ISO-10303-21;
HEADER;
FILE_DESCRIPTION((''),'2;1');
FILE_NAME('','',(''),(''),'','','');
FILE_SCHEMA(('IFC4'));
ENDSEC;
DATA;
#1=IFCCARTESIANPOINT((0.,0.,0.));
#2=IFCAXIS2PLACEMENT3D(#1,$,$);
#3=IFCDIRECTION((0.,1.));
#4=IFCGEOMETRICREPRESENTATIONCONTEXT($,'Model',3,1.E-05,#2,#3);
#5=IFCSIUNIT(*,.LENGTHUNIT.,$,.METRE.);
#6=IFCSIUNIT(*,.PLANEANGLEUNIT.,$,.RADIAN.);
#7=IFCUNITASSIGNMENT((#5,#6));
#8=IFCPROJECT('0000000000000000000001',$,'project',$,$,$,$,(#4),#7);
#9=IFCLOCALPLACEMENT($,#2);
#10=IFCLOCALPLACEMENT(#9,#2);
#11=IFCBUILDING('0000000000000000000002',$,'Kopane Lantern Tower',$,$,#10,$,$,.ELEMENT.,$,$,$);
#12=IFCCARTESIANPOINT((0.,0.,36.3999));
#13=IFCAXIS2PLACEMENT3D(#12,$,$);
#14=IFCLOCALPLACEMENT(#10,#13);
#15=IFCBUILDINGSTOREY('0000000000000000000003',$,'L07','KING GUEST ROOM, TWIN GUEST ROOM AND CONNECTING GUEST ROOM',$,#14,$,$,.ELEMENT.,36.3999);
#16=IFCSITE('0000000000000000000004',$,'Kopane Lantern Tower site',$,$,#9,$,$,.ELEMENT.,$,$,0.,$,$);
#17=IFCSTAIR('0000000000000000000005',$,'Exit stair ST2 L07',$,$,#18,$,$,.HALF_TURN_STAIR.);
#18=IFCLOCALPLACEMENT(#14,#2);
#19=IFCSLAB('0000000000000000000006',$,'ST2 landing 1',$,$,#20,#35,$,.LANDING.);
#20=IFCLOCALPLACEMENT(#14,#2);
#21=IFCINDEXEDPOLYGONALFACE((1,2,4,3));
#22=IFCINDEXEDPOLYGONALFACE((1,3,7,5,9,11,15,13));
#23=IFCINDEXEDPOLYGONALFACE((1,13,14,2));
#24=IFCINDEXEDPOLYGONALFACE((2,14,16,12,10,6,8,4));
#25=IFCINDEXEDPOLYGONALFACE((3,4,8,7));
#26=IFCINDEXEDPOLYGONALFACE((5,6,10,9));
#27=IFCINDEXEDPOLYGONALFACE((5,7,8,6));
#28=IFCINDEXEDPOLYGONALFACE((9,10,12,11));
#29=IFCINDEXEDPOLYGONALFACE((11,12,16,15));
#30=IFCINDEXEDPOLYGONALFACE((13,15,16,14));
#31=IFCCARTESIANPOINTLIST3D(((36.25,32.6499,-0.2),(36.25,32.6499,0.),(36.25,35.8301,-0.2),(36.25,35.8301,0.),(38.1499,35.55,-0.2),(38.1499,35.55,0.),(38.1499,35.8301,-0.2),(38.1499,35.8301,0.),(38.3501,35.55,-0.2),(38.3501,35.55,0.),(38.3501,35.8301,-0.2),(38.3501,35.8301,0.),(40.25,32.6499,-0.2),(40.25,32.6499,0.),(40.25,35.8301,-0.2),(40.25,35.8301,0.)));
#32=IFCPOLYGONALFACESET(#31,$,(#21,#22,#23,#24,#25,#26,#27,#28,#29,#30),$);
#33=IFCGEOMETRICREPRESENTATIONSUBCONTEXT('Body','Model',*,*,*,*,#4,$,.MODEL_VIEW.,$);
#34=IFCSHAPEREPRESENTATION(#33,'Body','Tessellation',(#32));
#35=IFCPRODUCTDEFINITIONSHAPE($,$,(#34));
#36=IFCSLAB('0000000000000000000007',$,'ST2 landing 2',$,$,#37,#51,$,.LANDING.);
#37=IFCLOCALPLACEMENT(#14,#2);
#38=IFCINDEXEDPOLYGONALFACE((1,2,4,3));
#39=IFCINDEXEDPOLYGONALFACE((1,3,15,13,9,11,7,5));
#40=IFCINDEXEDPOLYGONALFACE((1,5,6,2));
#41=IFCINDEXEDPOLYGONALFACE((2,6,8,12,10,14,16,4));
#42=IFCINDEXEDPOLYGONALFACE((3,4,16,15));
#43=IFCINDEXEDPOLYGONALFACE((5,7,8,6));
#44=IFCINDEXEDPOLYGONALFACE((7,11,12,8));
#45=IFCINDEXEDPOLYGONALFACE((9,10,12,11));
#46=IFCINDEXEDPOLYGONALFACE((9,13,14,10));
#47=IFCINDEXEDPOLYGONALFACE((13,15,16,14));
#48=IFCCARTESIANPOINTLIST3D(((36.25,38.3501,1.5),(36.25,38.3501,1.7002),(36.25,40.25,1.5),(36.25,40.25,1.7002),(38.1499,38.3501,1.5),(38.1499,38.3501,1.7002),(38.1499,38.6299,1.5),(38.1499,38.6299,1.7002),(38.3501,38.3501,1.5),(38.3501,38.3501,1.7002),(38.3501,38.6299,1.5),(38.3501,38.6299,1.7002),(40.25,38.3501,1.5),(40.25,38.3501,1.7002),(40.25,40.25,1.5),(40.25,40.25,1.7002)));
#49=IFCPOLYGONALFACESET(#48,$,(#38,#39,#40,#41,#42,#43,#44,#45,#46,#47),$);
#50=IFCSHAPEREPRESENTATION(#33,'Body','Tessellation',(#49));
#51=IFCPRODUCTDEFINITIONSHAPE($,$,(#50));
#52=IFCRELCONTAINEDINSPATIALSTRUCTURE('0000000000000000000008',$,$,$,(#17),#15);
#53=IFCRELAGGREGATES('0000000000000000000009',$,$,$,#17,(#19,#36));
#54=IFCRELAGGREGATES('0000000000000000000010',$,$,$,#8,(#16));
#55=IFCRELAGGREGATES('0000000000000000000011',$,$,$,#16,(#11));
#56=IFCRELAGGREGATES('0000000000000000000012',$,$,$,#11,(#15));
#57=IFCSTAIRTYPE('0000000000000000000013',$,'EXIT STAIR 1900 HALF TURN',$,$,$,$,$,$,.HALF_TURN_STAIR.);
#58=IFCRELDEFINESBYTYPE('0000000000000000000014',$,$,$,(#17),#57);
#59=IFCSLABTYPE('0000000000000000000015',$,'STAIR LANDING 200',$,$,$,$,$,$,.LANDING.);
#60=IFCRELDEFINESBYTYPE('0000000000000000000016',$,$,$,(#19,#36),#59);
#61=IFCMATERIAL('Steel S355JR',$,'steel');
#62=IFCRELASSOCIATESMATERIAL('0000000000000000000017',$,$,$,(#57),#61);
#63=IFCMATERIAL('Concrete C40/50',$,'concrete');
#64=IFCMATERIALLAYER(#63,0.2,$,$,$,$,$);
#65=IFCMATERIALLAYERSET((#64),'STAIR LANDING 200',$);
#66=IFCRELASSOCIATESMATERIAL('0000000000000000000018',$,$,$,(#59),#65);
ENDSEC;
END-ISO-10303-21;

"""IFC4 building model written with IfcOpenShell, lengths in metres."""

from ifc_helpers import new_model, si_unit, direction, frame, origin, place, context, subcontext, project, spatial, polyline, outline, extrude, material, layer, layer_set, type_object, element, aggregate, save


model = new_model("IFC4")

# Units and contexts
model_context = context("Model", 3, precision=1e-05, world=origin(), true_north=direction((0.0, 1.0)))
body_context = subcontext(model_context, "Body", "Model", "MODEL_VIEW")
ifc_project = project(units=[si_unit("LENGTHUNIT", "METRE"), si_unit("PLANEANGLEUNIT", "RADIAN")], contexts=[model_context])

# Site, building, storey
site_placement = place(None, origin())
site = spatial("IfcSite", under=ifc_project, at=site_placement, Name="Kopane Lantern Tower site", CompositionType="ELEMENT", RefElevation=0.0)
building_placement = place(site_placement, origin())
building = spatial("IfcBuilding", under=site, at=building_placement, Name="Kopane Lantern Tower", CompositionType="ELEMENT")
storey_placement = place(building_placement, frame((0.0, 0.0, 36.3999)))
storey = spatial("IfcBuildingStorey", under=building, at=storey_placement, Name="L07", Description="KING GUEST ROOM, TWIN GUEST ROOM AND CONNECTING GUEST ROOM", CompositionType="ELEMENT", Elevation=36.3999)

# Stair, slabs
ifc_material_1 = material(Name="Steel S355JR", Category="steel")
stair_type = type_object("IfcStairType", Name="EXIT STAIR 1900 HALF TURN", PredefinedType="HALF_TURN_STAIR", material=ifc_material_1)
ifc_material_2 = material(Name="Concrete C40/50", Category="concrete")
ifc_layer_1 = layer(ifc_material_2, 0.2)
ifc_layer_set_1 = layer_set([ifc_layer_1], Name="STAIR LANDING 200")
slab_type_1 = type_object("IfcSlabType", Name="STAIR LANDING 200", PredefinedType="LANDING", material=ifc_layer_set_1)
stair_1_placement = place(storey_placement, origin())
stair_1 = element("IfcStair", 1, at=stair_1_placement, inside=storey, type_object=stair_type, Name="Exit stair ST2 L07", PredefinedType="HALF_TURN_STAIR")
slab_1_placement = place(storey_placement, frame((0.0, 0.0, -0.2)))
slab_1 = element("IfcSlab", 2, at=slab_1_placement, type_object=slab_type_1, Name="ST2 landing 1", PredefinedType="LANDING", context=body_context, shape_type="SweptSolid", body=[
    extrude(outline(polyline([(40.25, 35.8301), (38.3501, 35.8301), (38.3501, 35.55), (38.1499, 35.55), (38.1499, 35.8301), (36.25, 35.8301), (36.25, 32.6499), (40.25, 32.6499), (40.25, 35.8301)])), origin(), (0.0, 0.0, 1.0), 0.2),
])
slab_2_placement = place(storey_placement, frame((0.0, 0.0, 1.5)))
slab_2 = element("IfcSlab", 3, at=slab_2_placement, type_object=slab_type_1, Name="ST2 landing 2", PredefinedType="LANDING", context=body_context, shape_type="SweptSolid", body=[
    extrude(outline(polyline([(38.1499, 38.6299), (38.3501, 38.6299), (38.3501, 38.3501), (40.25, 38.3501), (40.25, 40.25), (36.25, 40.25), (36.25, 38.3501), (38.1499, 38.3501), (38.1499, 38.6299)])), origin(), (0.0, 0.0, 1.0), 0.2002),
])
aggregate(stair_1, [slab_1, slab_2])

save(model, "model.ifc")
